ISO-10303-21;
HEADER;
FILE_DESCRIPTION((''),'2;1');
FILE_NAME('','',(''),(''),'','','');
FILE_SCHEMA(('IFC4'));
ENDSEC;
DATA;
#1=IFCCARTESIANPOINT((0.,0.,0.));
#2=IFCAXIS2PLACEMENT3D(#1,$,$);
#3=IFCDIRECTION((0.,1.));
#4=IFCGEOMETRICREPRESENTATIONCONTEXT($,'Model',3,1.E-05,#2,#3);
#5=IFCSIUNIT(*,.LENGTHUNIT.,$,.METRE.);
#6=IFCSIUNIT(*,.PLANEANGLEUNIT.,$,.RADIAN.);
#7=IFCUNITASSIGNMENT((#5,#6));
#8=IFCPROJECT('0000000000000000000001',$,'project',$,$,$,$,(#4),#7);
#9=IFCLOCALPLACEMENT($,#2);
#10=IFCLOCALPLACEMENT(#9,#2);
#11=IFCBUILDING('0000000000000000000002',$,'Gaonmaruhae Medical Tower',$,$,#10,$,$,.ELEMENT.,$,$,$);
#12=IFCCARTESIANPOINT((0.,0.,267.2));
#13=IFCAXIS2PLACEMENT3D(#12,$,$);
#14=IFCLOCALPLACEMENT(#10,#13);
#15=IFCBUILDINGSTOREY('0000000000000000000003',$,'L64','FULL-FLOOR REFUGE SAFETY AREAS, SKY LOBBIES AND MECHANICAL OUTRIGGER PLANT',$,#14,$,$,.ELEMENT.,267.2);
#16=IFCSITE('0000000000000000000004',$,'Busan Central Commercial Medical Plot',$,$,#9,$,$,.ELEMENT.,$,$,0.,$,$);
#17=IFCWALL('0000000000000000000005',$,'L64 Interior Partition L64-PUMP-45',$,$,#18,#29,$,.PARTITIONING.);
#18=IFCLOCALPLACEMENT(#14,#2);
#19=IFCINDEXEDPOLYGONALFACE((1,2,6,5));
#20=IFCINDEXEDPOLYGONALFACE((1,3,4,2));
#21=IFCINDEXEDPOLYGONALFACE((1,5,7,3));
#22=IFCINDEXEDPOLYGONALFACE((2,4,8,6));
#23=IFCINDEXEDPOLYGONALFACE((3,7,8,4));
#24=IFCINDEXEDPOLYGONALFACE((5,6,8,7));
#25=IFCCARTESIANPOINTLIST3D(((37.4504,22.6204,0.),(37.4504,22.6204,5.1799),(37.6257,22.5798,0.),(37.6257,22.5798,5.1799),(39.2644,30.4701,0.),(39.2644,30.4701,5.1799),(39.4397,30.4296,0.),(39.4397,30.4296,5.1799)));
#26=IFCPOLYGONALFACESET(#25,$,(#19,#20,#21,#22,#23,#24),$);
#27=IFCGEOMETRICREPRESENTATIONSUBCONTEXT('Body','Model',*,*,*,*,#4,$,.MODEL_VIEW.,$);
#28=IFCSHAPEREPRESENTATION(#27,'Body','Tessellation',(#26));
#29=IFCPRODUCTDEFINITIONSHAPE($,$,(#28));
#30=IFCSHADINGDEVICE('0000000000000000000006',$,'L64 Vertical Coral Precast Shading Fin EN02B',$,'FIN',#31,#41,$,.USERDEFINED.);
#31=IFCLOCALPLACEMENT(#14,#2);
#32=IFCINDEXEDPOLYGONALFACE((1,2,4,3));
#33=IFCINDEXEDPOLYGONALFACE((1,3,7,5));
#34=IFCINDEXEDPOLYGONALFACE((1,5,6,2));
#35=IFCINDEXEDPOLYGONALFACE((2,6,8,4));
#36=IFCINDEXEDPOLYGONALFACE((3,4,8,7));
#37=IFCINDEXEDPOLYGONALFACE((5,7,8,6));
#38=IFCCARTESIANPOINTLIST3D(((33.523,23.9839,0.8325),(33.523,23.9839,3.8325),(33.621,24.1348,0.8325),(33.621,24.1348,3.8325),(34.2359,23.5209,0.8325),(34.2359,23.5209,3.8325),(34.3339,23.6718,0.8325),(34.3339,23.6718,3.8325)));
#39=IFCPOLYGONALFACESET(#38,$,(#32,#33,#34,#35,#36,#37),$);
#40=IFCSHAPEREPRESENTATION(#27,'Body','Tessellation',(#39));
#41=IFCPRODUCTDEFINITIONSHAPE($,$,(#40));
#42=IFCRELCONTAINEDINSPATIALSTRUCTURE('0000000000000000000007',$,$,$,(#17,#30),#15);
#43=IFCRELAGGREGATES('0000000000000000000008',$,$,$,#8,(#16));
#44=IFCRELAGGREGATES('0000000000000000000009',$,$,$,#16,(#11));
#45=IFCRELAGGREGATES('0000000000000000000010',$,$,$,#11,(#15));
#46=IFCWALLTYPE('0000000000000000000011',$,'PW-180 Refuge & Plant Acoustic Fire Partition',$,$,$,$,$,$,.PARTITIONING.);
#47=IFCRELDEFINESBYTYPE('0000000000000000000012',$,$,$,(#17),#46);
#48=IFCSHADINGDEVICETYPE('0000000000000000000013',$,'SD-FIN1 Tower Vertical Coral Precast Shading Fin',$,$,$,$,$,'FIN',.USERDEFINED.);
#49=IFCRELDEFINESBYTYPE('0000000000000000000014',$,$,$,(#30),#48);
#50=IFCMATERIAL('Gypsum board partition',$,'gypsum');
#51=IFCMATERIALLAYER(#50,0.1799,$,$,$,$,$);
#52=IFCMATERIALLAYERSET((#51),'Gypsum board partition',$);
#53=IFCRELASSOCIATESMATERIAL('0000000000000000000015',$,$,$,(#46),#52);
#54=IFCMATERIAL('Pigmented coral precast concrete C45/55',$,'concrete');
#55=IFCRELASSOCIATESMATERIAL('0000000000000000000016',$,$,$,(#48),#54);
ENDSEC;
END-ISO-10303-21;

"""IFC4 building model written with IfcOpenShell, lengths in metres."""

from ifc_helpers import new_model, si_unit, direction, frame, frame_2d, origin, origin_2d, place, context, subcontext, project, spatial, rectangle, extrude, material, layer, layer_set, type_object, element, save


model = new_model("IFC4")

# Units and contexts
model_context = context("Model", 3, precision=1e-05, world=origin(), true_north=direction((0.0, 1.0)))
body_context = subcontext(model_context, "Body", "Model", "MODEL_VIEW")
ifc_project = project(units=[si_unit("LENGTHUNIT", "METRE"), si_unit("PLANEANGLEUNIT", "RADIAN")], contexts=[model_context])

# Site, building, storey
site_placement = place(None, origin())
site = spatial("IfcSite", under=ifc_project, at=site_placement, Name="Busan Central Commercial Medical Plot", CompositionType="ELEMENT", RefElevation=0.0)
building_placement = place(site_placement, origin())
building = spatial("IfcBuilding", under=site, at=building_placement, Name="Gaonmaruhae Medical Tower", CompositionType="ELEMENT")
storey_placement = place(building_placement, frame((0.0, 0.0, 267.2)))
storey = spatial("IfcBuildingStorey", under=building, at=storey_placement, Name="L64", Description="FULL-FLOOR REFUGE SAFETY AREAS, SKY LOBBIES AND MECHANICAL OUTRIGGER PLANT", CompositionType="ELEMENT", Elevation=267.2)

# Shared definitions
ifc_material_1 = material(Name="Gypsum board partition", Category="gypsum")
ifc_layer_1 = layer(ifc_material_1, 0.1799)
ifc_layer_set_1 = layer_set([ifc_layer_1], Name="Gypsum board partition")
wall_type = type_object("IfcWallType", Name="PW-180 Refuge & Plant Acoustic Fire Partition", PredefinedType="PARTITIONING", material=ifc_layer_set_1)

# Wall
wall_1_placement = place(storey_placement, frame((37.5381, 22.6001, 0.0), z_axis=(0.0, 0.0, 1.0), x_axis=(0.225149, 0.974324, 0.0)))
element("IfcWall", 1, at=wall_1_placement, inside=storey, type_object=wall_type, Name="L64 Interior Partition L64-PUMP-45", PredefinedType="PARTITIONING", context=body_context, shape_type="SweptSolid", body=[
    extrude(rectangle(XDim=8.0566, YDim=0.1799, at=frame_2d((4.0283, 0.0))), origin(), (0.0, 0.0, 1.0), 5.1799),
])

# Shading device
ifc_material_2 = material(Name="Pigmented coral precast concrete C45/55", Category="concrete")
shading_device_type = type_object("IfcShadingDeviceType", Name="SD-FIN1 Tower Vertical Coral Precast Shading Fin", ElementType="FIN", PredefinedType="USERDEFINED", material=ifc_material_2)
shading_device_placement = place(storey_placement, frame((33.9285, 23.8279, 0.8325), z_axis=(0.0, 0.0, 1.0), x_axis=(0.544624, 0.83868, 0.0)))
element("IfcShadingDevice", 2, at=shading_device_placement, inside=storey, type_object=shading_device_type, Name="L64 Vertical Coral Precast Shading Fin EN02B", ObjectType="FIN", PredefinedType="USERDEFINED", context=body_context, shape_type="SweptSolid", body=[
    extrude(rectangle(XDim=0.1799, YDim=0.8501, at=origin_2d()), origin(), (0.0, 0.0, 1.0), 3.0),
])

save(model, "model.ifc")
